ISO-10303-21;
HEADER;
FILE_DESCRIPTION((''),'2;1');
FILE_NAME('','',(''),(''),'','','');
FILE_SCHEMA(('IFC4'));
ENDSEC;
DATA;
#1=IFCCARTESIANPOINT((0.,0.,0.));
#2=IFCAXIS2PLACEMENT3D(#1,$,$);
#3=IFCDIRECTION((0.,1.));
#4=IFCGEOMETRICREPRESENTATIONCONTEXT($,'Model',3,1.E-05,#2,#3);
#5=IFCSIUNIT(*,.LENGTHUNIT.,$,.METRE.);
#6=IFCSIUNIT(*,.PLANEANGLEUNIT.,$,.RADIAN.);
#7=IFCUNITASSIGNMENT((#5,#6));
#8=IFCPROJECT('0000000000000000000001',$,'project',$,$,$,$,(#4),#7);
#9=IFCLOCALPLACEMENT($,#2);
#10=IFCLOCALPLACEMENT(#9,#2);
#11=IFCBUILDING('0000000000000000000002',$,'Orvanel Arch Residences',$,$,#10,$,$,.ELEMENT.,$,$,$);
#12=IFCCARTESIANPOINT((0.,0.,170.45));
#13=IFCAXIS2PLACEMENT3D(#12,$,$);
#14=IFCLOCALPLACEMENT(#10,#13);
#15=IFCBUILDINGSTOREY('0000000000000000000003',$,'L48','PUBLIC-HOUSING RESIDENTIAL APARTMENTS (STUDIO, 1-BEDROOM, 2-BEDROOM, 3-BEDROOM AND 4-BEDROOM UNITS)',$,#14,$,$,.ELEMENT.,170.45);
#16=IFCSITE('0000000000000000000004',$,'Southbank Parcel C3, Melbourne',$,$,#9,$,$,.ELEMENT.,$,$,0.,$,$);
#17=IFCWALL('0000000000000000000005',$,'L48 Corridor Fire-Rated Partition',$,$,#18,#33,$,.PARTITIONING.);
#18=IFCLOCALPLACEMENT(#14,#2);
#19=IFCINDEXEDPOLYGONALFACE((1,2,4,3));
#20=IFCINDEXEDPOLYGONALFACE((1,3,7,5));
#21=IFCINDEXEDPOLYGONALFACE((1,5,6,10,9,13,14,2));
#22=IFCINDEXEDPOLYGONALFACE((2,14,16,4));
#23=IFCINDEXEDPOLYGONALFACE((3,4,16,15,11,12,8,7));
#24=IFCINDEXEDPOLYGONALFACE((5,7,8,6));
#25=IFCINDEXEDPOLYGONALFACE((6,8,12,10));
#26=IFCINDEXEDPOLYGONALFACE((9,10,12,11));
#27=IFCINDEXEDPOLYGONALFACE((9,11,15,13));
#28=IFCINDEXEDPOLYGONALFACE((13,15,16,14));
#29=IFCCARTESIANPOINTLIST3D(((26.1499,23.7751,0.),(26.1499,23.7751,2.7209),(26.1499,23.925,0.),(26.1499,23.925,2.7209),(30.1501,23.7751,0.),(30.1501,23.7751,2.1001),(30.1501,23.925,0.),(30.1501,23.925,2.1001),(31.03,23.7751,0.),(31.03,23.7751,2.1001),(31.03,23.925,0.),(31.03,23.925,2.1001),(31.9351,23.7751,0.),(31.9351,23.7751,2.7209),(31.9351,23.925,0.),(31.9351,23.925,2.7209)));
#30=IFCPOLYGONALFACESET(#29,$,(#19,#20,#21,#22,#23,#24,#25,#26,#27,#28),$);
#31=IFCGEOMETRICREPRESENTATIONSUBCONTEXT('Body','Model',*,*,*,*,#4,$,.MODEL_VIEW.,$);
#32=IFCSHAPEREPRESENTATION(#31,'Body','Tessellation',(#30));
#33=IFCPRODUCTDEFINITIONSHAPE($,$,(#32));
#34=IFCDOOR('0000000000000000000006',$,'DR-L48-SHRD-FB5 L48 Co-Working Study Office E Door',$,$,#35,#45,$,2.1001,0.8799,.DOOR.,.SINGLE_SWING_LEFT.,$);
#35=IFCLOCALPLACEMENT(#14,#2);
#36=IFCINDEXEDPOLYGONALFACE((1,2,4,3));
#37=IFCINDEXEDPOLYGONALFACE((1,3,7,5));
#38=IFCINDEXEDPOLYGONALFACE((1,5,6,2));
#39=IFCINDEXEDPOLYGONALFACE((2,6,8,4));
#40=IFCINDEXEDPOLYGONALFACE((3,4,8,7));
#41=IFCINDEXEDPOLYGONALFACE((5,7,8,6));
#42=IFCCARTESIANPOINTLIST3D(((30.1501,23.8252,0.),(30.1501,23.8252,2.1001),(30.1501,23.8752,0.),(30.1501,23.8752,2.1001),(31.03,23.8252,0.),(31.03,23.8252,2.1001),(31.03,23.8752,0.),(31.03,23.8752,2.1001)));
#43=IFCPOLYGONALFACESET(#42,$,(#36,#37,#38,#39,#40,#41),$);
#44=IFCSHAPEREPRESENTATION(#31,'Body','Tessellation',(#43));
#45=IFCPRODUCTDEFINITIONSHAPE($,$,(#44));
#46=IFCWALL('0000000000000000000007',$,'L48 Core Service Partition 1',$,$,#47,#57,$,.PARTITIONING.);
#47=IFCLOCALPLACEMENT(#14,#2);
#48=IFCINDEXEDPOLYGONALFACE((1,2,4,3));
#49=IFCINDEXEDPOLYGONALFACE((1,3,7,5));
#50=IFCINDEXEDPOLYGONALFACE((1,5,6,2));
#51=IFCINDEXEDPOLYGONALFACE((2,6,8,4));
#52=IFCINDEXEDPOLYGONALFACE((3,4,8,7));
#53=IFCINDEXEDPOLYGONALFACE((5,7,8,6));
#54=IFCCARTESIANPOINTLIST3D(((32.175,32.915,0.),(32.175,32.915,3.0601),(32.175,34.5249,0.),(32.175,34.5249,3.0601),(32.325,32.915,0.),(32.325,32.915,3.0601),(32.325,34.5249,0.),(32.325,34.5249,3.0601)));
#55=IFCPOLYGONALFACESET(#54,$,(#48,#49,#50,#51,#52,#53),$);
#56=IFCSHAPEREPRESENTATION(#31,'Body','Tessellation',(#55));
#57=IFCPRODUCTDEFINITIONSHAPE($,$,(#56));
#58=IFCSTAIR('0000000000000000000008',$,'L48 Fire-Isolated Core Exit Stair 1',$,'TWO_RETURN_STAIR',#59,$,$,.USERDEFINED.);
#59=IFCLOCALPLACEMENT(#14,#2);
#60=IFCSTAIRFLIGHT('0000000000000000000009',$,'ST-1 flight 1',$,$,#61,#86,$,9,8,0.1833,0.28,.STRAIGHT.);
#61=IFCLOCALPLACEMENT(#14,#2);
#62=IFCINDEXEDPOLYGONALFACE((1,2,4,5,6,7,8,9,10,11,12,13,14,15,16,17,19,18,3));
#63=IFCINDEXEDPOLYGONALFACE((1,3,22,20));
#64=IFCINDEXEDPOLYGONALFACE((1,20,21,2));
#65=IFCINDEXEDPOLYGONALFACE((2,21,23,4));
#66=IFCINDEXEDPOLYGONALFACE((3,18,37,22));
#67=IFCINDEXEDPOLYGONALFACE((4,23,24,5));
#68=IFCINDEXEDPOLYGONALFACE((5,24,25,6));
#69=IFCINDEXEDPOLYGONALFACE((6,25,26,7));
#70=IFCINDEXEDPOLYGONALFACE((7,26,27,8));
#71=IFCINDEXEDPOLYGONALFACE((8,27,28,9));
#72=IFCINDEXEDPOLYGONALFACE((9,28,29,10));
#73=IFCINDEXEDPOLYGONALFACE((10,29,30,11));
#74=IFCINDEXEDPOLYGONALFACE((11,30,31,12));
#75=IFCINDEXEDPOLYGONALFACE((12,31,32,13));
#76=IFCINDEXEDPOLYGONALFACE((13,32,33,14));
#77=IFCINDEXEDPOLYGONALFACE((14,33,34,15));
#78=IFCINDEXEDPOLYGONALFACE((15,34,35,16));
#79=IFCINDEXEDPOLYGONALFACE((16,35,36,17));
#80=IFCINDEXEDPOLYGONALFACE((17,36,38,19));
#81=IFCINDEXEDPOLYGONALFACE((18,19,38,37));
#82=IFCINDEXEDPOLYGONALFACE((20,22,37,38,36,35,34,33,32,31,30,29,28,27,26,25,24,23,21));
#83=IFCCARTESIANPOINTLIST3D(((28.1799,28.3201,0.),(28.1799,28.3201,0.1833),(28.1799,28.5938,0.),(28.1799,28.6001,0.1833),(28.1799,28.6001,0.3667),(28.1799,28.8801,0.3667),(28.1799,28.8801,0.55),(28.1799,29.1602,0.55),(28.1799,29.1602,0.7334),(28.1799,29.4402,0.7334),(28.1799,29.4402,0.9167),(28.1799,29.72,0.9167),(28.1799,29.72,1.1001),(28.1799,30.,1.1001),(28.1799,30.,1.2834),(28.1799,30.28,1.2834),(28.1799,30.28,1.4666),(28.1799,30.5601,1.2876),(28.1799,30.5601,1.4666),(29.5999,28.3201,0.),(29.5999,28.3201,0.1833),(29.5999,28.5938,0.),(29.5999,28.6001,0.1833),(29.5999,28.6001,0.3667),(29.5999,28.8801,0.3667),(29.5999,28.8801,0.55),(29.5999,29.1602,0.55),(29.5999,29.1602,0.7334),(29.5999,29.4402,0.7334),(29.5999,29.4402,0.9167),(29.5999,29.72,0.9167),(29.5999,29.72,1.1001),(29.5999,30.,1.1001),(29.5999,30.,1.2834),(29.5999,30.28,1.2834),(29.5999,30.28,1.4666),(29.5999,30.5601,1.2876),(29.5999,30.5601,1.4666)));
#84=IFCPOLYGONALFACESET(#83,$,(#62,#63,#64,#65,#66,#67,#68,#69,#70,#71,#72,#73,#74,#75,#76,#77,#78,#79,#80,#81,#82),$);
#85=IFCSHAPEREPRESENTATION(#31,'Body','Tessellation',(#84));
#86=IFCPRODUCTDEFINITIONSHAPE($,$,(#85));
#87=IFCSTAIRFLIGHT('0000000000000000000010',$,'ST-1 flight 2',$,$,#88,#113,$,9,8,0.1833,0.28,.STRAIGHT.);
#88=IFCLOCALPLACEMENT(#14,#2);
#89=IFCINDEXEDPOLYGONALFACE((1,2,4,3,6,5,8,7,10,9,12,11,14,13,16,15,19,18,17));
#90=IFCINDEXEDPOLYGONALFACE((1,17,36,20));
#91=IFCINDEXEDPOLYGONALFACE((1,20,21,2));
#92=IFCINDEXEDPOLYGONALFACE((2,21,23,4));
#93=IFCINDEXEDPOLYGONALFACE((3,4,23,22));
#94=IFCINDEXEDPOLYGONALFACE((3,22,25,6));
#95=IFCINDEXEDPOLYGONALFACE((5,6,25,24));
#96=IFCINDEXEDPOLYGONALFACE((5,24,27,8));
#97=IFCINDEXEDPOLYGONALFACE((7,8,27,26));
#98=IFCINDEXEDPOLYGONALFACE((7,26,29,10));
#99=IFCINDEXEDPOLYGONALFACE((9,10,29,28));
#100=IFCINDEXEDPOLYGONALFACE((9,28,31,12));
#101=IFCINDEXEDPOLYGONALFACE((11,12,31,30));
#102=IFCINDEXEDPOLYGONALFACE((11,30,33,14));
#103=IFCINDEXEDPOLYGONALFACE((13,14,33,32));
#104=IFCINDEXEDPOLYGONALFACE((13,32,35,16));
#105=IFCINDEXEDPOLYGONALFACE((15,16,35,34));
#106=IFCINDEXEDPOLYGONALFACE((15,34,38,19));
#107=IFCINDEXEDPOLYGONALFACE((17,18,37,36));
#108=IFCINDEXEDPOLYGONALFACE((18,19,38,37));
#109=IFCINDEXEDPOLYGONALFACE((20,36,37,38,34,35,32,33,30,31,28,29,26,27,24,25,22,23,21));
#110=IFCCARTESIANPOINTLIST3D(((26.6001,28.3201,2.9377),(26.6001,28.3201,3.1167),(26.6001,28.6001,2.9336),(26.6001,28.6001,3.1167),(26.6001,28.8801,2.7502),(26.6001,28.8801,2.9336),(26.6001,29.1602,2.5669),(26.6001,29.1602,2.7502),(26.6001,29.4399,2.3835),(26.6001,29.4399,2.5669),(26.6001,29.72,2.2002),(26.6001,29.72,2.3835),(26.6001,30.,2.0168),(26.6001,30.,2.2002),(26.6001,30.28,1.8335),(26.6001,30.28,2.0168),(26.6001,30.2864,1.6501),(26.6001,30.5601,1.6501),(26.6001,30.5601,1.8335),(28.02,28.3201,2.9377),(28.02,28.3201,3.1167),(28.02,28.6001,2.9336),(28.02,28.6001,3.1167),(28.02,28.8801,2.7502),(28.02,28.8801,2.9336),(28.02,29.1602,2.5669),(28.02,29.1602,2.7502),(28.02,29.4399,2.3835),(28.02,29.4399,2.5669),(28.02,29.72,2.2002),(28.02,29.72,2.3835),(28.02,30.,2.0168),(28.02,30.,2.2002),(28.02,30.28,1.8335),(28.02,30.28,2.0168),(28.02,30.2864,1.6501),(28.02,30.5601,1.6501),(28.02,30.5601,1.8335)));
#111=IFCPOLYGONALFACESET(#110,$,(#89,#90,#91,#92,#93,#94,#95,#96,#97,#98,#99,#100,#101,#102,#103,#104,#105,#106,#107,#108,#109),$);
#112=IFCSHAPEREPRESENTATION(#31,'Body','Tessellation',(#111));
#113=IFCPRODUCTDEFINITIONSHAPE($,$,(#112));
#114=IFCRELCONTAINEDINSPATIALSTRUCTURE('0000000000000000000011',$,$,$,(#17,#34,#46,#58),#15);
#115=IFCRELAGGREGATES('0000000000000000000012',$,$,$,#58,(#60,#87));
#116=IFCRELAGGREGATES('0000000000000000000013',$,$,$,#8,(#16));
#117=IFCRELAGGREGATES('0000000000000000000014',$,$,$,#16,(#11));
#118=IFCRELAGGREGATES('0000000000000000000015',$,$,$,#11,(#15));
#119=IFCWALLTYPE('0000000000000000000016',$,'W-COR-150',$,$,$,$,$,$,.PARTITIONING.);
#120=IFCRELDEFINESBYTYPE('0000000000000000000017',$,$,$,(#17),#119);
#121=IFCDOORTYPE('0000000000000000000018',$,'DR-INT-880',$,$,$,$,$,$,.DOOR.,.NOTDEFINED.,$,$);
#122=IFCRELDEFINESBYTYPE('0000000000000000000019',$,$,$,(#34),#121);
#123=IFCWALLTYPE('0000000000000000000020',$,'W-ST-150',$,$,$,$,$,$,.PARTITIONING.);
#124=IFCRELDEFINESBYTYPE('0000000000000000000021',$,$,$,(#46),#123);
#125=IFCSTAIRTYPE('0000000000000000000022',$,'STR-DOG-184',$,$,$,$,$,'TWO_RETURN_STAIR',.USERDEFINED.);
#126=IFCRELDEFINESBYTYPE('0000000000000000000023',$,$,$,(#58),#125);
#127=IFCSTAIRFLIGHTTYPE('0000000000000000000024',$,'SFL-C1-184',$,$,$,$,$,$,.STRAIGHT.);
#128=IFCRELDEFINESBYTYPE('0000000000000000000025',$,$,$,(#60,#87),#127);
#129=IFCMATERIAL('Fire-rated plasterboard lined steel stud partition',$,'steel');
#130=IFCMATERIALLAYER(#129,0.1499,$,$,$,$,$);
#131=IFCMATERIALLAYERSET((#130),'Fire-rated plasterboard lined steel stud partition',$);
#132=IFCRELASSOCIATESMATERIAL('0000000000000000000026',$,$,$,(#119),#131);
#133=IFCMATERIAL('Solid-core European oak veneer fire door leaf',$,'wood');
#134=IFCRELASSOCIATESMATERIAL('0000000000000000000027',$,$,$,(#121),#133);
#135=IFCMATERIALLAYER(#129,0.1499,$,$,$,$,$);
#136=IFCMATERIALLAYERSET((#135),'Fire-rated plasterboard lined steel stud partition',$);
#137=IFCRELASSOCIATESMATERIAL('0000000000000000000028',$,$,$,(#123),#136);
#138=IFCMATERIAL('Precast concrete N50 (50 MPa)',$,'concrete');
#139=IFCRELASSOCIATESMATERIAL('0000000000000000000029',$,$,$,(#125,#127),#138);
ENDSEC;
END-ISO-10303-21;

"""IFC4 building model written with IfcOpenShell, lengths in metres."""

from ifc_helpers import new_model, si_unit, direction, frame, frame_2d, origin, place, context, subcontext, project, spatial, polyline, rectangle, outline, extrude, material, layer, layer_set, type_object, element, fill, aggregate, save


model = new_model("IFC4")

# Units and contexts
model_context = context("Model", 3, precision=1e-05, world=origin(), true_north=direction((0.0, 1.0)))
body_context = subcontext(model_context, "Body", "Model", "MODEL_VIEW")
ifc_project = project(units=[si_unit("LENGTHUNIT", "METRE"), si_unit("PLANEANGLEUNIT", "RADIAN")], contexts=[model_context])

# Site, building, storey
site_placement = place(None, origin())
site = spatial("IfcSite", under=ifc_project, at=site_placement, Name="Southbank Parcel C3, Melbourne", CompositionType="ELEMENT", RefElevation=0.0)
building_placement = place(site_placement, origin())
building = spatial("IfcBuilding", under=site, at=building_placement, Name="Orvanel Arch Residences", CompositionType="ELEMENT")
storey_placement = place(building_placement, frame((0.0, 0.0, 170.45)))
storey = spatial("IfcBuildingStorey", under=building, at=storey_placement, Name="L48", Description="PUBLIC-HOUSING RESIDENTIAL APARTMENTS (STUDIO, 1-BEDROOM, 2-BEDROOM, 3-BEDROOM AND 4-BEDROOM UNITS)", CompositionType="ELEMENT", Elevation=170.45)

# Shared definitions
ifc_material_1 = material(Name="Fire-rated plasterboard lined steel stud partition", Category="steel")
ifc_layer_1 = layer(ifc_material_1, 0.1499)
ifc_layer_set_1 = layer_set([ifc_layer_1], Name="Fire-rated plasterboard lined steel stud partition")
wall_type_1 = type_object("IfcWallType", Name="W-COR-150", PredefinedType="PARTITIONING", material=ifc_layer_set_1)

# Wall, opening, door
wall_1_placement = place(storey_placement, frame((31.9351, 23.8501, 0.0), z_axis=(0.0, 0.0, 1.0), x_axis=(-1.0, 0.0, 0.0)))
wall_1 = element("IfcWall", 1, at=wall_1_placement, inside=storey, type_object=wall_type_1, Name="L48 Corridor Fire-Rated Partition", PredefinedType="PARTITIONING", context=body_context, shape_type="SweptSolid", body=[
    extrude(rectangle(XDim=5.7852, YDim=0.1499, at=frame_2d((2.8926, 0.0))), origin(), (0.0, 0.0, 1.0), 2.7209),
])
opening_1_placement = place(wall_1_placement, frame((0.905, 0.0, 0.0)))
opening_1 = element("IfcOpeningElement", 2, at=opening_1_placement, cuts=wall_1, PredefinedType="OPENING", context=body_context, shape_type="SweptSolid", body=[
    extrude(rectangle(XDim=0.8799, YDim=2.1001, at=frame_2d((0.4399, 1.05))), frame((0.0, 0.085, 0.0), z_axis=(0.0, -1.0, 0.0), x_axis=(1.0, 0.0, 0.0)), (0.0, 0.0, 1.0), 0.1699),
])
ifc_material_2 = material(Name="Solid-core European oak veneer fire door leaf", Category="wood")
door_type_1 = type_object("IfcDoorType", Name="DR-INT-880", OperationType="NOTDEFINED", PredefinedType="DOOR", material=ifc_material_2)
door_1_placement = place(opening_1_placement, origin())
door_1 = element("IfcDoor", 3, at=door_1_placement, inside=storey, type_object=door_type_1, Name="DR-L48-SHRD-FB5 L48 Co-Working Study Office E Door", OperationType="SINGLE_SWING_LEFT", OverallHeight=2.1001, OverallWidth=0.8799, PredefinedType="DOOR", context=body_context, shape_type="SweptSolid", body=[
    extrude(rectangle(XDim=0.8799, YDim=2.1001, at=frame_2d((0.4399, 1.05))), frame((0.0, 0.0249, 0.0), z_axis=(0.0, -1.0, 0.0), x_axis=(1.0, 0.0, 0.0)), (0.0, 0.0, 1.0), 0.05),
])
fill(opening_1, door_1)

# Wall
ifc_layer_2 = layer(ifc_material_1, 0.1499)
ifc_layer_set_2 = layer_set([ifc_layer_2], Name="Fire-rated plasterboard lined steel stud partition")
wall_type_2 = type_object("IfcWallType", Name="W-ST-150", PredefinedType="PARTITIONING", material=ifc_layer_set_2)
wall_2_placement = place(storey_placement, frame((32.25, 32.915, 0.0), z_axis=(0.0, 0.0, 1.0), x_axis=(0.0, 1.0, 0.0)))
element("IfcWall", 4, at=wall_2_placement, inside=storey, type_object=wall_type_2, Name="L48 Core Service Partition 1", PredefinedType="PARTITIONING", context=body_context, shape_type="SweptSolid", body=[
    extrude(rectangle(XDim=1.6099, YDim=0.1499, at=frame_2d((0.8049, 0.0))), origin(), (0.0, 0.0, 1.0), 3.0601),
])

# Stair, stair flights
ifc_material_3 = material(Name="Precast concrete N50 (50 MPa)", Category="concrete")
stair_type = type_object("IfcStairType", Name="STR-DOG-184", ElementType="TWO_RETURN_STAIR", PredefinedType="USERDEFINED", material=ifc_material_3)
stair_placement = place(storey_placement, origin())
stair = element("IfcStair", 5, at=stair_placement, inside=storey, type_object=stair_type, Name="L48 Fire-Isolated Core Exit Stair 1", ObjectType="TWO_RETURN_STAIR", PredefinedType="USERDEFINED")
stair_flight_type = type_object("IfcStairFlightType", Name="SFL-C1-184", PredefinedType="STRAIGHT", material=ifc_material_3)
stair_flight_1_placement = place(storey_placement, frame((28.8899, 28.3201, 0.0), z_axis=(0.0, 0.0, 1.0), x_axis=(0.0, 1.0, 0.0)))
stair_flight_1 = element("IfcStairFlight", 6, at=stair_flight_1_placement, type_object=stair_flight_type, Name="ST-1 flight 1", NumberOfRisers=9, NumberOfTreads=8, PredefinedType="STRAIGHT", RiserHeight=0.1833, TreadLength=0.28, context=body_context, shape_type="SweptSolid", body=[
    extrude(outline(polyline([(0.0, 0.0), (0.0, 0.1833), (0.28, 0.1833), (0.28, 0.3667), (0.5601, 0.3667), (0.5601, 0.55), (0.8401, 0.55), (0.8401, 0.7334), (1.1201, 0.7334), (1.1201, 0.9167), (1.3999, 0.9167), (1.3999, 1.1001), (1.6799, 1.1001), (1.6799, 1.2834), (1.96, 1.2834), (1.96, 1.4666), (2.24, 1.4666), (2.24, 1.6499), (2.24, 1.2876), (0.2737, 0.0), (0.0, 0.0)])), frame((0.0, 0.71, 0.0), z_axis=(0.0, -1.0, 0.0), x_axis=(1.0, 0.0, 0.0)), (0.0, 0.0, 1.0), 1.4199),
])
stair_flight_2_placement = place(storey_placement, frame((27.3101, 30.5601, 1.6501), z_axis=(0.0, 0.0, 1.0), x_axis=(0.0, -1.0, 0.0)))
stair_flight_2 = element("IfcStairFlight", 7, at=stair_flight_2_placement, type_object=stair_flight_type, Name="ST-1 flight 2", NumberOfRisers=9, NumberOfTreads=8, PredefinedType="STRAIGHT", RiserHeight=0.1833, TreadLength=0.28, context=body_context, shape_type="SweptSolid", body=[
    extrude(outline(polyline([(0.0, 0.0), (0.0, 0.1833), (0.28, 0.1833), (0.28, 0.3667), (0.5601, 0.3667), (0.5601, 0.55), (0.8401, 0.55), (0.8401, 0.7334), (1.1201, 0.7334), (1.1201, 0.9167), (1.3999, 0.9167), (1.3999, 1.1001), (1.6799, 1.1001), (1.6799, 1.2834), (1.96, 1.2834), (1.96, 1.4666), (2.24, 1.4666), (2.24, 1.6499), (2.24, 1.2876), (0.2737, 0.0), (0.0, 0.0)])), frame((0.0, 0.71, 0.0), z_axis=(0.0, -1.0, 0.0), x_axis=(1.0, 0.0, 0.0)), (0.0, 0.0, 1.0), 1.4199),
])
aggregate(stair, [stair_flight_1, stair_flight_2])

save(model, "model.ifc")
